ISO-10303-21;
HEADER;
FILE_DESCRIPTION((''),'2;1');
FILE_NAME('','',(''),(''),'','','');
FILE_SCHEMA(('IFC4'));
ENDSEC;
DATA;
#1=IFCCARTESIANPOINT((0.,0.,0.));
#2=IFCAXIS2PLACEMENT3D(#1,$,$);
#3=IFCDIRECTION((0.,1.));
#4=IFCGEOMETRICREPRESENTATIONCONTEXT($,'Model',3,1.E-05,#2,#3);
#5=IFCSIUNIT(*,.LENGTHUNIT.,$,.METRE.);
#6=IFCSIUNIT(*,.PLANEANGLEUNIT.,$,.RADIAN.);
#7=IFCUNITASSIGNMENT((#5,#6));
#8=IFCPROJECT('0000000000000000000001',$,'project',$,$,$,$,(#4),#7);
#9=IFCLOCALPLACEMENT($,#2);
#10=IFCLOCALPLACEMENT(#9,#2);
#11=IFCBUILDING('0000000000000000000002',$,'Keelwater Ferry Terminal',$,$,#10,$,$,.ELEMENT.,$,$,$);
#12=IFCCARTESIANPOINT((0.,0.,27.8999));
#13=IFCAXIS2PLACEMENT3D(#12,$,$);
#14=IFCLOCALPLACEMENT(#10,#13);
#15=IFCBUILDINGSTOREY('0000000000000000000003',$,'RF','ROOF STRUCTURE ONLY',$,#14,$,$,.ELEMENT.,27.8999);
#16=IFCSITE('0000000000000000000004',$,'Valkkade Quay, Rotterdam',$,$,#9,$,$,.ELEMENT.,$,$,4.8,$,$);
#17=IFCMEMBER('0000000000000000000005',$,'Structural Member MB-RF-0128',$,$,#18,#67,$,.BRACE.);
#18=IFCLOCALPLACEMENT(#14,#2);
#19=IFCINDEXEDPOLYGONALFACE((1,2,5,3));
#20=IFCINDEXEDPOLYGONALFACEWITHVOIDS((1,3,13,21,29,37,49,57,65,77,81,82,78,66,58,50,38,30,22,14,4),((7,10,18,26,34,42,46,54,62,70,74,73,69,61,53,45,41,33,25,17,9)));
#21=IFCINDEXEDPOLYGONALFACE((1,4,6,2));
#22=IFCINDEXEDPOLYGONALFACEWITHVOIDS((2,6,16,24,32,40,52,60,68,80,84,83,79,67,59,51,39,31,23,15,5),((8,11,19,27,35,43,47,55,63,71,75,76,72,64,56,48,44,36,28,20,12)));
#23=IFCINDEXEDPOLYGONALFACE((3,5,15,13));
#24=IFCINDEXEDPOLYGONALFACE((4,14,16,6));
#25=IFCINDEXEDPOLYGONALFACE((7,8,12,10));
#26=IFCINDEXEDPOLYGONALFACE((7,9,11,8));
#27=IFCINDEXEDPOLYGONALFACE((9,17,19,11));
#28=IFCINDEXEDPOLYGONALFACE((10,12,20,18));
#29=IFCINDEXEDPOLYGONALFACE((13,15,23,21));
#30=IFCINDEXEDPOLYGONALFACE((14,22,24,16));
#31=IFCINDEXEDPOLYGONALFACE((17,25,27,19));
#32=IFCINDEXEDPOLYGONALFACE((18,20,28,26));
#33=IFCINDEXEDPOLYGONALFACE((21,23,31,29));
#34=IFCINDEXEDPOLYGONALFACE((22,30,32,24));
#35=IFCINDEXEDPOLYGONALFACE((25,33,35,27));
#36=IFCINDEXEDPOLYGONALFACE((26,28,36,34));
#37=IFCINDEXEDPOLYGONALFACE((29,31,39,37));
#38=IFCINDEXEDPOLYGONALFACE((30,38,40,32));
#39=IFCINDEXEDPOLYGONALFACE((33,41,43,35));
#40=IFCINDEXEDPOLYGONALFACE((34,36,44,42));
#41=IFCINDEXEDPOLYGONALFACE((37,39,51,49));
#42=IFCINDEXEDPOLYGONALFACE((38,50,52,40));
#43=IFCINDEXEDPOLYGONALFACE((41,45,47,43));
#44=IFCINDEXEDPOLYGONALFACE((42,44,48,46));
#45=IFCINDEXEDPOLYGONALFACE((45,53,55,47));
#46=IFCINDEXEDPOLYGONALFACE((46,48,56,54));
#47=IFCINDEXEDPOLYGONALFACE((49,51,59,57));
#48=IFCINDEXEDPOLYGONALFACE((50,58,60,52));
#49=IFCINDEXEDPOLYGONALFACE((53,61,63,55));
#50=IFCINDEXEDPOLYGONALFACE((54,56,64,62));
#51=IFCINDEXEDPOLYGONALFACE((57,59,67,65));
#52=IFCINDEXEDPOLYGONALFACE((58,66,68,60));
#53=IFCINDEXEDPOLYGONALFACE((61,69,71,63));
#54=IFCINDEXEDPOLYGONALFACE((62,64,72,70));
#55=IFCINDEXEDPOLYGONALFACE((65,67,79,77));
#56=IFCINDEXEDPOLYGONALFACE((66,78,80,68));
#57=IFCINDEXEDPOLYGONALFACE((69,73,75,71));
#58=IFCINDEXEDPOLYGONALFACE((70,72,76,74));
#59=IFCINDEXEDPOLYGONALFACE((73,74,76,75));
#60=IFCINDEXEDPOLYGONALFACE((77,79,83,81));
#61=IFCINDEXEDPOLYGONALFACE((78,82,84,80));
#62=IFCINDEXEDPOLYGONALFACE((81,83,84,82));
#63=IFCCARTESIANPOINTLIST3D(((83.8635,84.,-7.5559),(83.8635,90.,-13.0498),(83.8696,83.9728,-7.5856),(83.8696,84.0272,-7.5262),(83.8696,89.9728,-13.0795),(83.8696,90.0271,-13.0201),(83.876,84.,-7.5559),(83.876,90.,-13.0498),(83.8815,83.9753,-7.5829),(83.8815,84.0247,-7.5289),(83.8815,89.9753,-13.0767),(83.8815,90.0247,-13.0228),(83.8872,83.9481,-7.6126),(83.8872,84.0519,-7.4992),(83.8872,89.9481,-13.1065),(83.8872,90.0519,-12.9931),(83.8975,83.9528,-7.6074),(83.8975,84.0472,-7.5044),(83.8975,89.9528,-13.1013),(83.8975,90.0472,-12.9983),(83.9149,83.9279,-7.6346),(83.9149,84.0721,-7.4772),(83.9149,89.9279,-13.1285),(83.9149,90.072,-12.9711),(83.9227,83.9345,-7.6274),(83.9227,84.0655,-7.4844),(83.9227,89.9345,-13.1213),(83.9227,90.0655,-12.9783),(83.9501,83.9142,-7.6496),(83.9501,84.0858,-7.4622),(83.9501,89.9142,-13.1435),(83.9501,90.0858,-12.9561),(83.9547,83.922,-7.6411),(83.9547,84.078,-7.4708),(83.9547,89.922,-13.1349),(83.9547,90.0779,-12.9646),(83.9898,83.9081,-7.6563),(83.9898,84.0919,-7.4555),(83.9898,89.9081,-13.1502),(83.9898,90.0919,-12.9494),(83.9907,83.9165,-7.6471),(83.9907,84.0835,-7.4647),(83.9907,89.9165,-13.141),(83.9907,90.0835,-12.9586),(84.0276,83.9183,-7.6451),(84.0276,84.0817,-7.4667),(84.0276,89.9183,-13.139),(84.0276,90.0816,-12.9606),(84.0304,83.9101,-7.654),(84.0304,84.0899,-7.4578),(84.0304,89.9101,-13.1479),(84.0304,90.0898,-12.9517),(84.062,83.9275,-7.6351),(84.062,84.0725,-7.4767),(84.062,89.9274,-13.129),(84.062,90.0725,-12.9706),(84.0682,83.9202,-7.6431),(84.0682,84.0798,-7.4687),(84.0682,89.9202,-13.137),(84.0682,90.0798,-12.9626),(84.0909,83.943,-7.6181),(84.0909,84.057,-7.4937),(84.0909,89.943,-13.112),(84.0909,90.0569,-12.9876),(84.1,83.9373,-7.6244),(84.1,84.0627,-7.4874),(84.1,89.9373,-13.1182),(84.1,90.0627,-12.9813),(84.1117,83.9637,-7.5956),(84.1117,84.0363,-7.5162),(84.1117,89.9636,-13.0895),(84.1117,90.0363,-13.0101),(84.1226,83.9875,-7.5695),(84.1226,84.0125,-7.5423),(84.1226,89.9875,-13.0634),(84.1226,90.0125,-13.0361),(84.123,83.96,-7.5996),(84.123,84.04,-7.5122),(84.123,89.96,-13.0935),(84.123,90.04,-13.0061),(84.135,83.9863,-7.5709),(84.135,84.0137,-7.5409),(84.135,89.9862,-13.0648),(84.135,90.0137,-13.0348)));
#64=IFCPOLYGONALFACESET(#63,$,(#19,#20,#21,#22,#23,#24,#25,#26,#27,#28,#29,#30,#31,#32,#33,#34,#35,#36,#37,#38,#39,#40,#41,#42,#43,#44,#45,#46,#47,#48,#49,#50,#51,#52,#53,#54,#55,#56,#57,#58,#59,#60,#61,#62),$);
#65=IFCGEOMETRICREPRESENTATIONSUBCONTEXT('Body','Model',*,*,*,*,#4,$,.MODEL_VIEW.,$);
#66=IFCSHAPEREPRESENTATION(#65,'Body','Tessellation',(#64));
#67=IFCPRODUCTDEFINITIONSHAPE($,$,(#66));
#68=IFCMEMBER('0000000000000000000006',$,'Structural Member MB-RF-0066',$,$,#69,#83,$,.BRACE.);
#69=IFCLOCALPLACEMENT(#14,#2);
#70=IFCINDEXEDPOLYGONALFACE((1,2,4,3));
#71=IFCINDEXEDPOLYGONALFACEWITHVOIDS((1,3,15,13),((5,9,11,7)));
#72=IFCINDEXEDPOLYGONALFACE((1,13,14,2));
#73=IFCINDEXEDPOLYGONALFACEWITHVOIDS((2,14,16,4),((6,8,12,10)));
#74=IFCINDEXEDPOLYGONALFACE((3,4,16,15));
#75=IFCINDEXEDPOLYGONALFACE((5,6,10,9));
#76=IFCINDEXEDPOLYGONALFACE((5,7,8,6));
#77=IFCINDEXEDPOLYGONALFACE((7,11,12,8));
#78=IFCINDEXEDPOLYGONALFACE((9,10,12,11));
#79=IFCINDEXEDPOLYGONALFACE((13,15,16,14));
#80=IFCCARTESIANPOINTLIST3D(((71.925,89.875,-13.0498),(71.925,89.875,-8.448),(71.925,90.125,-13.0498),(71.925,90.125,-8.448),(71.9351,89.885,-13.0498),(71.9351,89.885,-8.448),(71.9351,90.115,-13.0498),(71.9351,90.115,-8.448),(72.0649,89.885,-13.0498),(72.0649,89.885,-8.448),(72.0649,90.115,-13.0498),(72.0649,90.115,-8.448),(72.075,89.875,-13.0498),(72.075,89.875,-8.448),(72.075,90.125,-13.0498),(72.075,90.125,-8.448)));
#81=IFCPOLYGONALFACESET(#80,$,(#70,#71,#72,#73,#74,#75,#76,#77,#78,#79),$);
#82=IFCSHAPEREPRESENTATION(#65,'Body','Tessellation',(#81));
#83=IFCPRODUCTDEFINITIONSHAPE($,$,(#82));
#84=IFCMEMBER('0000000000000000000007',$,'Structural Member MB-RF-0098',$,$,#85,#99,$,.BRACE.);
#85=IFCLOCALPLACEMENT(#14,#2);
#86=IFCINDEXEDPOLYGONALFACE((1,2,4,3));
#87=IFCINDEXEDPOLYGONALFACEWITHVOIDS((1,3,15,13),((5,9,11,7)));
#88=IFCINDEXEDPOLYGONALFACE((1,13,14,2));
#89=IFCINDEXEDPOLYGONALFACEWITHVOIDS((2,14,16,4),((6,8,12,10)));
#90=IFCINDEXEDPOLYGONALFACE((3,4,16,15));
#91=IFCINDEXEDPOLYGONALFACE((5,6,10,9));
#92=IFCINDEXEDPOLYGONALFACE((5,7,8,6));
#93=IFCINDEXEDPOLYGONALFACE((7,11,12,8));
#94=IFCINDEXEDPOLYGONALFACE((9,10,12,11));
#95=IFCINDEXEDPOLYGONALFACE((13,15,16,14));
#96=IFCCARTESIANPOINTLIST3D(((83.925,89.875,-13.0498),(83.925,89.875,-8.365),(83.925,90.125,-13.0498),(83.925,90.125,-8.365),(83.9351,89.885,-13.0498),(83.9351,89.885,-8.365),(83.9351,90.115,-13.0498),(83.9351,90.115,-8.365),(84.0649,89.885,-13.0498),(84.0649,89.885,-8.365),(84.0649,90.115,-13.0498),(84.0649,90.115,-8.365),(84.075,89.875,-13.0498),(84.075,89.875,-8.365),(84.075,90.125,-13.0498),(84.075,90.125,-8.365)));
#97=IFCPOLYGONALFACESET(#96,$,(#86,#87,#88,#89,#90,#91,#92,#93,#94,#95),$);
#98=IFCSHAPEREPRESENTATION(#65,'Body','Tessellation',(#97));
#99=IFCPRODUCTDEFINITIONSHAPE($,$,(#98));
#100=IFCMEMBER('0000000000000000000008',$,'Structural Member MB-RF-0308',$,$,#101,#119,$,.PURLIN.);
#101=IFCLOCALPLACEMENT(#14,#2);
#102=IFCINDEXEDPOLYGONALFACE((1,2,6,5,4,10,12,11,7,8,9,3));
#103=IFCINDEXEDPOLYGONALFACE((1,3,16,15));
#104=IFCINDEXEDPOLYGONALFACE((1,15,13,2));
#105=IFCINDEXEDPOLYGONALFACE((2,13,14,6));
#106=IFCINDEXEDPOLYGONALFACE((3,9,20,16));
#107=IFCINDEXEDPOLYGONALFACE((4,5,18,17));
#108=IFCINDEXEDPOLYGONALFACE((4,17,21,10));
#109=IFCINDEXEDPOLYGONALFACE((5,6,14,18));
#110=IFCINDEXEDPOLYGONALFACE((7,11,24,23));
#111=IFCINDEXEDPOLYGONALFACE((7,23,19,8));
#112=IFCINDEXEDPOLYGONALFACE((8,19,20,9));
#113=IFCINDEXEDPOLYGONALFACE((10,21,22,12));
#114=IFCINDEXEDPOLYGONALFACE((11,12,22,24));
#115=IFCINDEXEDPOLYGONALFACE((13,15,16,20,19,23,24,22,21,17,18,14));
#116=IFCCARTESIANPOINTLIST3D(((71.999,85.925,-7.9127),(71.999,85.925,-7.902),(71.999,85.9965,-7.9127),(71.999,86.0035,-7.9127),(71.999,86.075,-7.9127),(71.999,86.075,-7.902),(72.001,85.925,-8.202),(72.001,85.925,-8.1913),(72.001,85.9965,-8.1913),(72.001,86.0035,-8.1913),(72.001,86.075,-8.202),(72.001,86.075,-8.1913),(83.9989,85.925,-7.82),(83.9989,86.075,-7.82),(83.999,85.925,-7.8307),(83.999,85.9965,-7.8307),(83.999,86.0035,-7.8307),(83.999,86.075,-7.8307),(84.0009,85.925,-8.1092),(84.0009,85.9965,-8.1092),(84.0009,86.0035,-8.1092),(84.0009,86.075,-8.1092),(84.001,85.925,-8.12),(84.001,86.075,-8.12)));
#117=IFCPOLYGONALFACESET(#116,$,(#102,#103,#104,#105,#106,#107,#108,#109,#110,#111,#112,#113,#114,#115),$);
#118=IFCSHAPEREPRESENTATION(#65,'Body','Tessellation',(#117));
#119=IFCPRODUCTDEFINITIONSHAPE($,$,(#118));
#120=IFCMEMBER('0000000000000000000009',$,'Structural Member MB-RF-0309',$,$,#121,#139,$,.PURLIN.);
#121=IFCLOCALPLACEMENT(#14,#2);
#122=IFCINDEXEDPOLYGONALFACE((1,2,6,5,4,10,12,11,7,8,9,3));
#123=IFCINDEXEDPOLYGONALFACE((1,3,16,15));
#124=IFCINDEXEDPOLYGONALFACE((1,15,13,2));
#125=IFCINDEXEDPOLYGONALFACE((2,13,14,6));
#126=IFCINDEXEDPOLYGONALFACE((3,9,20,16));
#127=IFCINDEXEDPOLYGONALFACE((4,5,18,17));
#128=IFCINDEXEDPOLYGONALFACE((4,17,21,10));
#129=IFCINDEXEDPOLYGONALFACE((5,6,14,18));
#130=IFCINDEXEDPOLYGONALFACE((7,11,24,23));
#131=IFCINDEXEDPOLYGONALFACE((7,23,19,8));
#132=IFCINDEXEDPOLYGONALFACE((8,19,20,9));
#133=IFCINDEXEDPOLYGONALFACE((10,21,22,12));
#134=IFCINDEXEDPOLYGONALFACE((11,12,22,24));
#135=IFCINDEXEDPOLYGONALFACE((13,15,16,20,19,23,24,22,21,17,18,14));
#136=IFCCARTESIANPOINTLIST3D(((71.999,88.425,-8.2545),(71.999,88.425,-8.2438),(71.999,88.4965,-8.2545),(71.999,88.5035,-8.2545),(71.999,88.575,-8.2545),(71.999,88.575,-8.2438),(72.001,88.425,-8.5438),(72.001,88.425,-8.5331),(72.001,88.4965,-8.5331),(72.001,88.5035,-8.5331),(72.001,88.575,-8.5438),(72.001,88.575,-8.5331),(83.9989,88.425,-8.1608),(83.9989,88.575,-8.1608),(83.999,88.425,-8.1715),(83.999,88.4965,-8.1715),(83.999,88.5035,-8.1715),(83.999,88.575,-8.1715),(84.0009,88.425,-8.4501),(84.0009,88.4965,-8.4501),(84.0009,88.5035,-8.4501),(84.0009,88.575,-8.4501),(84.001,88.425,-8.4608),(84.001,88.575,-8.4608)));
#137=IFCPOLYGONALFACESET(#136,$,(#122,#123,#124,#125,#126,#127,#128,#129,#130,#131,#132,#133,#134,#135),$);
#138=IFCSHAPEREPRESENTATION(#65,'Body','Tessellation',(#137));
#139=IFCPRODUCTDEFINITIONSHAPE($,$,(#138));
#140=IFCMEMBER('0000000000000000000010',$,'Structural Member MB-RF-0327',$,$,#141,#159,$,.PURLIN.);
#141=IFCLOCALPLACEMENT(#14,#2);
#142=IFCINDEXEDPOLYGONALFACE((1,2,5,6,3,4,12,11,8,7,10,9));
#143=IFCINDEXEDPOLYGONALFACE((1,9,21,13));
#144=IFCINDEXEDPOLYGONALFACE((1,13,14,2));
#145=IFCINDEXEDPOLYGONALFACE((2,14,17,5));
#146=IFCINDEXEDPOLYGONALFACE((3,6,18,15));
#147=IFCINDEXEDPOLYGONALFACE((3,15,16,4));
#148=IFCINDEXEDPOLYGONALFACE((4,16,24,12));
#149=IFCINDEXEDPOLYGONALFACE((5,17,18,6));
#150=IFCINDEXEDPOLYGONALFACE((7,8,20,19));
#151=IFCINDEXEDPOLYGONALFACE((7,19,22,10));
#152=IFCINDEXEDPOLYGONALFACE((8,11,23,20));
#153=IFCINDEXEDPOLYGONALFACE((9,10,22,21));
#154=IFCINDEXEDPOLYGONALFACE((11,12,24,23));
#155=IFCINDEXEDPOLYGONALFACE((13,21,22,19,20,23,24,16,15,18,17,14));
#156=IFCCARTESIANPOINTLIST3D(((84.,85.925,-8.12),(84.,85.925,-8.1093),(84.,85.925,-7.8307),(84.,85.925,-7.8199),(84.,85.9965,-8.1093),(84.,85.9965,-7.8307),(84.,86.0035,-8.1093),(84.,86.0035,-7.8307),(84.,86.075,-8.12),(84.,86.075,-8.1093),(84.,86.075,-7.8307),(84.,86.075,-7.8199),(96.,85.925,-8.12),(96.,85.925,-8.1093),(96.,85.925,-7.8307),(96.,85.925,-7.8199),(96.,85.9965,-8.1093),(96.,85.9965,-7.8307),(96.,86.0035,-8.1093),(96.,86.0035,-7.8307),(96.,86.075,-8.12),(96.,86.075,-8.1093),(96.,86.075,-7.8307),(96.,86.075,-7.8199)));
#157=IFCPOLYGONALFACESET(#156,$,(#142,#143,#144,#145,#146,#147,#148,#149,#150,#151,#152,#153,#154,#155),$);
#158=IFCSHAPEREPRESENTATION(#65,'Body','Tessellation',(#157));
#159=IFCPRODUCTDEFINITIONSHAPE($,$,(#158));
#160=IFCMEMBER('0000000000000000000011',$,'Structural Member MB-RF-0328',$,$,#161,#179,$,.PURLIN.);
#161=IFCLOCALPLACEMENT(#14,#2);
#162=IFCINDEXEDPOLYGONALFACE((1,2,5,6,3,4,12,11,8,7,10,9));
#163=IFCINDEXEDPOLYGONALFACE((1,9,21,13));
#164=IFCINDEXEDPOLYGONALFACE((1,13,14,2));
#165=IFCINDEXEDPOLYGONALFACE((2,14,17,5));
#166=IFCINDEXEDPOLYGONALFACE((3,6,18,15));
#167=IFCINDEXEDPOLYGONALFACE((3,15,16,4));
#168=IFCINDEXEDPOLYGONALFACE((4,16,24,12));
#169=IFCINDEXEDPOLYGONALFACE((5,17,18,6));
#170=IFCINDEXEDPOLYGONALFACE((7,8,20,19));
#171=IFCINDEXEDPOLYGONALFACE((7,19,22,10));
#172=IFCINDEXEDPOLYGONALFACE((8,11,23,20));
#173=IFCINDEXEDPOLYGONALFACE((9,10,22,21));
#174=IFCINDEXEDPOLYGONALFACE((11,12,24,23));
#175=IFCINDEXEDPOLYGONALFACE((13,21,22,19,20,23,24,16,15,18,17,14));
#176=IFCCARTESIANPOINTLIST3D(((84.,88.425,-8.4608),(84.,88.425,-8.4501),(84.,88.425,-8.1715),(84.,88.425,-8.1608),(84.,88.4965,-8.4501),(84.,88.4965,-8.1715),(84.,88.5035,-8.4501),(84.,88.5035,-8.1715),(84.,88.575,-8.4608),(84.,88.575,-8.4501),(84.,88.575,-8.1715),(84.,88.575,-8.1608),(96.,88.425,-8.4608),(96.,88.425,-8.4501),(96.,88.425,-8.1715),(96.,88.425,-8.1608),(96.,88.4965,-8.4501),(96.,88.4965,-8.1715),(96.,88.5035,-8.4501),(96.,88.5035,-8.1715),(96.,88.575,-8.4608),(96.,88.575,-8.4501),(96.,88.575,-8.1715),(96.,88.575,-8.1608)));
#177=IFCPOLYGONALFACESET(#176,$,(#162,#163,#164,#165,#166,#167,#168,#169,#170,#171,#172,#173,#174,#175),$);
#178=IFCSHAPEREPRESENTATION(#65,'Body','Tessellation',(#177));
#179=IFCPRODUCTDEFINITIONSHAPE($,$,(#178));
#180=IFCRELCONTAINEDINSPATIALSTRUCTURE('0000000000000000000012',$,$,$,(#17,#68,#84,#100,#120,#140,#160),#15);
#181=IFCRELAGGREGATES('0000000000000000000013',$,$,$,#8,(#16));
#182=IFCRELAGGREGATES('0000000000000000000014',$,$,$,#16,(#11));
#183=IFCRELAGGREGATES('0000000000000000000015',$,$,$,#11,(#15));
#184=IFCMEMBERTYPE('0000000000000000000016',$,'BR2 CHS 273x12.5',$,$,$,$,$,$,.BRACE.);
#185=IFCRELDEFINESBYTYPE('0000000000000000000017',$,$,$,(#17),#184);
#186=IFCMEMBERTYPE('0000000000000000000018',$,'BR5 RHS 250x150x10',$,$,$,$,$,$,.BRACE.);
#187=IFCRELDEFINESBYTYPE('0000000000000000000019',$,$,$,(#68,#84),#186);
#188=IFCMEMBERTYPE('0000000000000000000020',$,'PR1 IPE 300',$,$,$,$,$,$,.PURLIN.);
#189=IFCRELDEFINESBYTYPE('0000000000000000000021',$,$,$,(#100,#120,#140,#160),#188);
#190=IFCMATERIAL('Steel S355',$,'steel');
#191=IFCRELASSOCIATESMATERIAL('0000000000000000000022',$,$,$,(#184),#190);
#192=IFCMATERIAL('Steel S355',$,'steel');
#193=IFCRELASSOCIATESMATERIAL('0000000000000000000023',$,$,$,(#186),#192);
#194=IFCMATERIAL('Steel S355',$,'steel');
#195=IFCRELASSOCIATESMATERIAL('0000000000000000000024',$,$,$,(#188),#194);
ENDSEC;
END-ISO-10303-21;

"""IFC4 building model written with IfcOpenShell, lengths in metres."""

from ifc_helpers import new_model, si_unit, direction, frame, origin, origin_2d, place, context, subcontext, project, spatial, hollow_rectangle, hollow_circle, i_section, extrude, material, material_profile, profile_set, type_object, element, save


model = new_model("IFC4")

# Units and contexts
model_context = context("Model", 3, precision=1e-05, world=origin(), true_north=direction((0.0, 1.0)))
body_context = subcontext(model_context, "Body", "Model", "MODEL_VIEW")
ifc_project = project(units=[si_unit("LENGTHUNIT", "METRE"), si_unit("PLANEANGLEUNIT", "RADIAN")], contexts=[model_context])

# Site, building, storey
site_placement = place(None, origin())
site = spatial("IfcSite", under=ifc_project, at=site_placement, Name="Valkkade Quay, Rotterdam", CompositionType="ELEMENT", RefElevation=4.8)
building_placement = place(site_placement, origin())
building = spatial("IfcBuilding", under=site, at=building_placement, Name="Keelwater Ferry Terminal", CompositionType="ELEMENT")
storey_placement = place(building_placement, frame((0.0, 0.0, 27.8999)))
storey = spatial("IfcBuildingStorey", under=building, at=storey_placement, Name="RF", Description="ROOF STRUCTURE ONLY", CompositionType="ELEMENT", Elevation=27.8999)

# Members
ifc_material_1 = material(Name="Steel S355", Category="steel")
ifc_material_profile_1 = material_profile(ifc_material_1, hollow_circle(Radius=0.1365, WallThickness=0.0125, at=origin_2d()), Name="CHS 273x12.5")
ifc_profile_set_1 = profile_set([ifc_material_profile_1], Name="Steel S355")
member_type_1 = type_object("IfcMemberType", Name="BR2 CHS 273x12.5", PredefinedType="BRACE", material=ifc_profile_set_1)
member_1_placement = place(storey_placement, frame((84.0, 84.0, -7.5559), z_axis=(0.0, 0.737528, -0.675317), x_axis=(-1.0, 0.0, 0.0)))
element("IfcMember", 1, at=member_1_placement, inside=storey, type_object=member_type_1, Name="Structural Member MB-RF-0128", PredefinedType="BRACE", context=body_context, shape_type="SweptSolid", body=[
    extrude(hollow_circle(Radius=0.1365, WallThickness=0.0125, at=origin_2d()), origin(), (0.0, 0.0, 1.0), 8.1353),
])
ifc_material_2 = material(Name="Steel S355", Category="steel")
ifc_material_profile_2 = material_profile(ifc_material_2, hollow_rectangle(XDim=0.1499, YDim=0.25, WallThickness=0.01, at=origin_2d()), Name="RHS 250x150x10")
ifc_profile_set_2 = profile_set([ifc_material_profile_2], Name="Steel S355")
member_type_2 = type_object("IfcMemberType", Name="BR5 RHS 250x150x10", PredefinedType="BRACE", material=ifc_profile_set_2)
member_2_placement = place(storey_placement, frame((72.0, 90.0, -13.0498), z_axis=(0.0, 0.0, 1.0), x_axis=(1.0, 0.0, 0.0)))
element("IfcMember", 2, at=member_2_placement, inside=storey, type_object=member_type_2, Name="Structural Member MB-RF-0066", PredefinedType="BRACE", context=body_context, shape_type="SweptSolid", body=[
    extrude(hollow_rectangle(XDim=0.1499, YDim=0.25, WallThickness=0.01, at=origin_2d()), origin(), (0.0, 0.0, 1.0), 4.6018),
])
member_3_placement = place(storey_placement, frame((84.0, 90.0, -13.0498), z_axis=(0.0, 0.0, 1.0), x_axis=(1.0, 0.0, 0.0)))
element("IfcMember", 3, at=member_3_placement, inside=storey, type_object=member_type_2, Name="Structural Member MB-RF-0098", PredefinedType="BRACE", context=body_context, shape_type="SweptSolid", body=[
    extrude(hollow_rectangle(XDim=0.1499, YDim=0.25, WallThickness=0.01, at=origin_2d()), origin(), (0.0, 0.0, 1.0), 4.6848),
])
ifc_material_3 = material(Name="Steel S355", Category="steel")
ifc_material_profile_3 = material_profile(ifc_material_3, i_section(OverallWidth=0.1499, OverallDepth=0.3, WebThickness=0.0071, FlangeThickness=0.0107, at=origin_2d()), Name="IPE 300")
ifc_profile_set_3 = profile_set([ifc_material_profile_3], Name="Steel S355")
member_type_3 = type_object("IfcMemberType", Name="PR1 IPE 300", PredefinedType="PURLIN", material=ifc_profile_set_3)
for number, where, z_axis, x_axis, name in (
    (4, (72.0, 86.0, -8.052), (0.999977, 0.0, 0.006836), (0.0, 1.0, 0.0), "Structural Member MB-RF-0308"),
    (5, (72.0, 88.5, -8.3938), (0.999976, 0.0, 0.006917), (0.0, 1.0, 0.0), "Structural Member MB-RF-0309"),
):
    element("IfcMember", number, at=place(storey_placement, frame(where, z_axis=z_axis, x_axis=x_axis)), inside=storey, type_object=member_type_3, Name=name, PredefinedType="PURLIN", context=body_context, shape_type="SweptSolid", body=[
        extrude(i_section(OverallWidth=0.1499, OverallDepth=0.3, WebThickness=0.0071, FlangeThickness=0.0107, at=origin_2d()), origin(), (0.0, 0.0, 1.0), 12.0002),
    ])
for number, where, z_axis, x_axis, name in (
    (6, (84.0, 86.0, -7.97), (1.0, 0.0, 0.0), (0.0, 1.0, 0.0), "Structural Member MB-RF-0327"),
    (7, (84.0, 88.5, -8.3108), (1.0, 0.0, 0.0), (0.0, 1.0, 0.0), "Structural Member MB-RF-0328"),
):
    element("IfcMember", number, at=place(storey_placement, frame(where, z_axis=z_axis, x_axis=x_axis)), inside=storey, type_object=member_type_3, Name=name, PredefinedType="PURLIN", context=body_context, shape_type="SweptSolid", body=[
        extrude(i_section(OverallWidth=0.1499, OverallDepth=0.3, WebThickness=0.0071, FlangeThickness=0.0107, at=origin_2d()), origin(), (0.0, 0.0, 1.0), 12.0),
    ])

save(model, "model.ifc")
